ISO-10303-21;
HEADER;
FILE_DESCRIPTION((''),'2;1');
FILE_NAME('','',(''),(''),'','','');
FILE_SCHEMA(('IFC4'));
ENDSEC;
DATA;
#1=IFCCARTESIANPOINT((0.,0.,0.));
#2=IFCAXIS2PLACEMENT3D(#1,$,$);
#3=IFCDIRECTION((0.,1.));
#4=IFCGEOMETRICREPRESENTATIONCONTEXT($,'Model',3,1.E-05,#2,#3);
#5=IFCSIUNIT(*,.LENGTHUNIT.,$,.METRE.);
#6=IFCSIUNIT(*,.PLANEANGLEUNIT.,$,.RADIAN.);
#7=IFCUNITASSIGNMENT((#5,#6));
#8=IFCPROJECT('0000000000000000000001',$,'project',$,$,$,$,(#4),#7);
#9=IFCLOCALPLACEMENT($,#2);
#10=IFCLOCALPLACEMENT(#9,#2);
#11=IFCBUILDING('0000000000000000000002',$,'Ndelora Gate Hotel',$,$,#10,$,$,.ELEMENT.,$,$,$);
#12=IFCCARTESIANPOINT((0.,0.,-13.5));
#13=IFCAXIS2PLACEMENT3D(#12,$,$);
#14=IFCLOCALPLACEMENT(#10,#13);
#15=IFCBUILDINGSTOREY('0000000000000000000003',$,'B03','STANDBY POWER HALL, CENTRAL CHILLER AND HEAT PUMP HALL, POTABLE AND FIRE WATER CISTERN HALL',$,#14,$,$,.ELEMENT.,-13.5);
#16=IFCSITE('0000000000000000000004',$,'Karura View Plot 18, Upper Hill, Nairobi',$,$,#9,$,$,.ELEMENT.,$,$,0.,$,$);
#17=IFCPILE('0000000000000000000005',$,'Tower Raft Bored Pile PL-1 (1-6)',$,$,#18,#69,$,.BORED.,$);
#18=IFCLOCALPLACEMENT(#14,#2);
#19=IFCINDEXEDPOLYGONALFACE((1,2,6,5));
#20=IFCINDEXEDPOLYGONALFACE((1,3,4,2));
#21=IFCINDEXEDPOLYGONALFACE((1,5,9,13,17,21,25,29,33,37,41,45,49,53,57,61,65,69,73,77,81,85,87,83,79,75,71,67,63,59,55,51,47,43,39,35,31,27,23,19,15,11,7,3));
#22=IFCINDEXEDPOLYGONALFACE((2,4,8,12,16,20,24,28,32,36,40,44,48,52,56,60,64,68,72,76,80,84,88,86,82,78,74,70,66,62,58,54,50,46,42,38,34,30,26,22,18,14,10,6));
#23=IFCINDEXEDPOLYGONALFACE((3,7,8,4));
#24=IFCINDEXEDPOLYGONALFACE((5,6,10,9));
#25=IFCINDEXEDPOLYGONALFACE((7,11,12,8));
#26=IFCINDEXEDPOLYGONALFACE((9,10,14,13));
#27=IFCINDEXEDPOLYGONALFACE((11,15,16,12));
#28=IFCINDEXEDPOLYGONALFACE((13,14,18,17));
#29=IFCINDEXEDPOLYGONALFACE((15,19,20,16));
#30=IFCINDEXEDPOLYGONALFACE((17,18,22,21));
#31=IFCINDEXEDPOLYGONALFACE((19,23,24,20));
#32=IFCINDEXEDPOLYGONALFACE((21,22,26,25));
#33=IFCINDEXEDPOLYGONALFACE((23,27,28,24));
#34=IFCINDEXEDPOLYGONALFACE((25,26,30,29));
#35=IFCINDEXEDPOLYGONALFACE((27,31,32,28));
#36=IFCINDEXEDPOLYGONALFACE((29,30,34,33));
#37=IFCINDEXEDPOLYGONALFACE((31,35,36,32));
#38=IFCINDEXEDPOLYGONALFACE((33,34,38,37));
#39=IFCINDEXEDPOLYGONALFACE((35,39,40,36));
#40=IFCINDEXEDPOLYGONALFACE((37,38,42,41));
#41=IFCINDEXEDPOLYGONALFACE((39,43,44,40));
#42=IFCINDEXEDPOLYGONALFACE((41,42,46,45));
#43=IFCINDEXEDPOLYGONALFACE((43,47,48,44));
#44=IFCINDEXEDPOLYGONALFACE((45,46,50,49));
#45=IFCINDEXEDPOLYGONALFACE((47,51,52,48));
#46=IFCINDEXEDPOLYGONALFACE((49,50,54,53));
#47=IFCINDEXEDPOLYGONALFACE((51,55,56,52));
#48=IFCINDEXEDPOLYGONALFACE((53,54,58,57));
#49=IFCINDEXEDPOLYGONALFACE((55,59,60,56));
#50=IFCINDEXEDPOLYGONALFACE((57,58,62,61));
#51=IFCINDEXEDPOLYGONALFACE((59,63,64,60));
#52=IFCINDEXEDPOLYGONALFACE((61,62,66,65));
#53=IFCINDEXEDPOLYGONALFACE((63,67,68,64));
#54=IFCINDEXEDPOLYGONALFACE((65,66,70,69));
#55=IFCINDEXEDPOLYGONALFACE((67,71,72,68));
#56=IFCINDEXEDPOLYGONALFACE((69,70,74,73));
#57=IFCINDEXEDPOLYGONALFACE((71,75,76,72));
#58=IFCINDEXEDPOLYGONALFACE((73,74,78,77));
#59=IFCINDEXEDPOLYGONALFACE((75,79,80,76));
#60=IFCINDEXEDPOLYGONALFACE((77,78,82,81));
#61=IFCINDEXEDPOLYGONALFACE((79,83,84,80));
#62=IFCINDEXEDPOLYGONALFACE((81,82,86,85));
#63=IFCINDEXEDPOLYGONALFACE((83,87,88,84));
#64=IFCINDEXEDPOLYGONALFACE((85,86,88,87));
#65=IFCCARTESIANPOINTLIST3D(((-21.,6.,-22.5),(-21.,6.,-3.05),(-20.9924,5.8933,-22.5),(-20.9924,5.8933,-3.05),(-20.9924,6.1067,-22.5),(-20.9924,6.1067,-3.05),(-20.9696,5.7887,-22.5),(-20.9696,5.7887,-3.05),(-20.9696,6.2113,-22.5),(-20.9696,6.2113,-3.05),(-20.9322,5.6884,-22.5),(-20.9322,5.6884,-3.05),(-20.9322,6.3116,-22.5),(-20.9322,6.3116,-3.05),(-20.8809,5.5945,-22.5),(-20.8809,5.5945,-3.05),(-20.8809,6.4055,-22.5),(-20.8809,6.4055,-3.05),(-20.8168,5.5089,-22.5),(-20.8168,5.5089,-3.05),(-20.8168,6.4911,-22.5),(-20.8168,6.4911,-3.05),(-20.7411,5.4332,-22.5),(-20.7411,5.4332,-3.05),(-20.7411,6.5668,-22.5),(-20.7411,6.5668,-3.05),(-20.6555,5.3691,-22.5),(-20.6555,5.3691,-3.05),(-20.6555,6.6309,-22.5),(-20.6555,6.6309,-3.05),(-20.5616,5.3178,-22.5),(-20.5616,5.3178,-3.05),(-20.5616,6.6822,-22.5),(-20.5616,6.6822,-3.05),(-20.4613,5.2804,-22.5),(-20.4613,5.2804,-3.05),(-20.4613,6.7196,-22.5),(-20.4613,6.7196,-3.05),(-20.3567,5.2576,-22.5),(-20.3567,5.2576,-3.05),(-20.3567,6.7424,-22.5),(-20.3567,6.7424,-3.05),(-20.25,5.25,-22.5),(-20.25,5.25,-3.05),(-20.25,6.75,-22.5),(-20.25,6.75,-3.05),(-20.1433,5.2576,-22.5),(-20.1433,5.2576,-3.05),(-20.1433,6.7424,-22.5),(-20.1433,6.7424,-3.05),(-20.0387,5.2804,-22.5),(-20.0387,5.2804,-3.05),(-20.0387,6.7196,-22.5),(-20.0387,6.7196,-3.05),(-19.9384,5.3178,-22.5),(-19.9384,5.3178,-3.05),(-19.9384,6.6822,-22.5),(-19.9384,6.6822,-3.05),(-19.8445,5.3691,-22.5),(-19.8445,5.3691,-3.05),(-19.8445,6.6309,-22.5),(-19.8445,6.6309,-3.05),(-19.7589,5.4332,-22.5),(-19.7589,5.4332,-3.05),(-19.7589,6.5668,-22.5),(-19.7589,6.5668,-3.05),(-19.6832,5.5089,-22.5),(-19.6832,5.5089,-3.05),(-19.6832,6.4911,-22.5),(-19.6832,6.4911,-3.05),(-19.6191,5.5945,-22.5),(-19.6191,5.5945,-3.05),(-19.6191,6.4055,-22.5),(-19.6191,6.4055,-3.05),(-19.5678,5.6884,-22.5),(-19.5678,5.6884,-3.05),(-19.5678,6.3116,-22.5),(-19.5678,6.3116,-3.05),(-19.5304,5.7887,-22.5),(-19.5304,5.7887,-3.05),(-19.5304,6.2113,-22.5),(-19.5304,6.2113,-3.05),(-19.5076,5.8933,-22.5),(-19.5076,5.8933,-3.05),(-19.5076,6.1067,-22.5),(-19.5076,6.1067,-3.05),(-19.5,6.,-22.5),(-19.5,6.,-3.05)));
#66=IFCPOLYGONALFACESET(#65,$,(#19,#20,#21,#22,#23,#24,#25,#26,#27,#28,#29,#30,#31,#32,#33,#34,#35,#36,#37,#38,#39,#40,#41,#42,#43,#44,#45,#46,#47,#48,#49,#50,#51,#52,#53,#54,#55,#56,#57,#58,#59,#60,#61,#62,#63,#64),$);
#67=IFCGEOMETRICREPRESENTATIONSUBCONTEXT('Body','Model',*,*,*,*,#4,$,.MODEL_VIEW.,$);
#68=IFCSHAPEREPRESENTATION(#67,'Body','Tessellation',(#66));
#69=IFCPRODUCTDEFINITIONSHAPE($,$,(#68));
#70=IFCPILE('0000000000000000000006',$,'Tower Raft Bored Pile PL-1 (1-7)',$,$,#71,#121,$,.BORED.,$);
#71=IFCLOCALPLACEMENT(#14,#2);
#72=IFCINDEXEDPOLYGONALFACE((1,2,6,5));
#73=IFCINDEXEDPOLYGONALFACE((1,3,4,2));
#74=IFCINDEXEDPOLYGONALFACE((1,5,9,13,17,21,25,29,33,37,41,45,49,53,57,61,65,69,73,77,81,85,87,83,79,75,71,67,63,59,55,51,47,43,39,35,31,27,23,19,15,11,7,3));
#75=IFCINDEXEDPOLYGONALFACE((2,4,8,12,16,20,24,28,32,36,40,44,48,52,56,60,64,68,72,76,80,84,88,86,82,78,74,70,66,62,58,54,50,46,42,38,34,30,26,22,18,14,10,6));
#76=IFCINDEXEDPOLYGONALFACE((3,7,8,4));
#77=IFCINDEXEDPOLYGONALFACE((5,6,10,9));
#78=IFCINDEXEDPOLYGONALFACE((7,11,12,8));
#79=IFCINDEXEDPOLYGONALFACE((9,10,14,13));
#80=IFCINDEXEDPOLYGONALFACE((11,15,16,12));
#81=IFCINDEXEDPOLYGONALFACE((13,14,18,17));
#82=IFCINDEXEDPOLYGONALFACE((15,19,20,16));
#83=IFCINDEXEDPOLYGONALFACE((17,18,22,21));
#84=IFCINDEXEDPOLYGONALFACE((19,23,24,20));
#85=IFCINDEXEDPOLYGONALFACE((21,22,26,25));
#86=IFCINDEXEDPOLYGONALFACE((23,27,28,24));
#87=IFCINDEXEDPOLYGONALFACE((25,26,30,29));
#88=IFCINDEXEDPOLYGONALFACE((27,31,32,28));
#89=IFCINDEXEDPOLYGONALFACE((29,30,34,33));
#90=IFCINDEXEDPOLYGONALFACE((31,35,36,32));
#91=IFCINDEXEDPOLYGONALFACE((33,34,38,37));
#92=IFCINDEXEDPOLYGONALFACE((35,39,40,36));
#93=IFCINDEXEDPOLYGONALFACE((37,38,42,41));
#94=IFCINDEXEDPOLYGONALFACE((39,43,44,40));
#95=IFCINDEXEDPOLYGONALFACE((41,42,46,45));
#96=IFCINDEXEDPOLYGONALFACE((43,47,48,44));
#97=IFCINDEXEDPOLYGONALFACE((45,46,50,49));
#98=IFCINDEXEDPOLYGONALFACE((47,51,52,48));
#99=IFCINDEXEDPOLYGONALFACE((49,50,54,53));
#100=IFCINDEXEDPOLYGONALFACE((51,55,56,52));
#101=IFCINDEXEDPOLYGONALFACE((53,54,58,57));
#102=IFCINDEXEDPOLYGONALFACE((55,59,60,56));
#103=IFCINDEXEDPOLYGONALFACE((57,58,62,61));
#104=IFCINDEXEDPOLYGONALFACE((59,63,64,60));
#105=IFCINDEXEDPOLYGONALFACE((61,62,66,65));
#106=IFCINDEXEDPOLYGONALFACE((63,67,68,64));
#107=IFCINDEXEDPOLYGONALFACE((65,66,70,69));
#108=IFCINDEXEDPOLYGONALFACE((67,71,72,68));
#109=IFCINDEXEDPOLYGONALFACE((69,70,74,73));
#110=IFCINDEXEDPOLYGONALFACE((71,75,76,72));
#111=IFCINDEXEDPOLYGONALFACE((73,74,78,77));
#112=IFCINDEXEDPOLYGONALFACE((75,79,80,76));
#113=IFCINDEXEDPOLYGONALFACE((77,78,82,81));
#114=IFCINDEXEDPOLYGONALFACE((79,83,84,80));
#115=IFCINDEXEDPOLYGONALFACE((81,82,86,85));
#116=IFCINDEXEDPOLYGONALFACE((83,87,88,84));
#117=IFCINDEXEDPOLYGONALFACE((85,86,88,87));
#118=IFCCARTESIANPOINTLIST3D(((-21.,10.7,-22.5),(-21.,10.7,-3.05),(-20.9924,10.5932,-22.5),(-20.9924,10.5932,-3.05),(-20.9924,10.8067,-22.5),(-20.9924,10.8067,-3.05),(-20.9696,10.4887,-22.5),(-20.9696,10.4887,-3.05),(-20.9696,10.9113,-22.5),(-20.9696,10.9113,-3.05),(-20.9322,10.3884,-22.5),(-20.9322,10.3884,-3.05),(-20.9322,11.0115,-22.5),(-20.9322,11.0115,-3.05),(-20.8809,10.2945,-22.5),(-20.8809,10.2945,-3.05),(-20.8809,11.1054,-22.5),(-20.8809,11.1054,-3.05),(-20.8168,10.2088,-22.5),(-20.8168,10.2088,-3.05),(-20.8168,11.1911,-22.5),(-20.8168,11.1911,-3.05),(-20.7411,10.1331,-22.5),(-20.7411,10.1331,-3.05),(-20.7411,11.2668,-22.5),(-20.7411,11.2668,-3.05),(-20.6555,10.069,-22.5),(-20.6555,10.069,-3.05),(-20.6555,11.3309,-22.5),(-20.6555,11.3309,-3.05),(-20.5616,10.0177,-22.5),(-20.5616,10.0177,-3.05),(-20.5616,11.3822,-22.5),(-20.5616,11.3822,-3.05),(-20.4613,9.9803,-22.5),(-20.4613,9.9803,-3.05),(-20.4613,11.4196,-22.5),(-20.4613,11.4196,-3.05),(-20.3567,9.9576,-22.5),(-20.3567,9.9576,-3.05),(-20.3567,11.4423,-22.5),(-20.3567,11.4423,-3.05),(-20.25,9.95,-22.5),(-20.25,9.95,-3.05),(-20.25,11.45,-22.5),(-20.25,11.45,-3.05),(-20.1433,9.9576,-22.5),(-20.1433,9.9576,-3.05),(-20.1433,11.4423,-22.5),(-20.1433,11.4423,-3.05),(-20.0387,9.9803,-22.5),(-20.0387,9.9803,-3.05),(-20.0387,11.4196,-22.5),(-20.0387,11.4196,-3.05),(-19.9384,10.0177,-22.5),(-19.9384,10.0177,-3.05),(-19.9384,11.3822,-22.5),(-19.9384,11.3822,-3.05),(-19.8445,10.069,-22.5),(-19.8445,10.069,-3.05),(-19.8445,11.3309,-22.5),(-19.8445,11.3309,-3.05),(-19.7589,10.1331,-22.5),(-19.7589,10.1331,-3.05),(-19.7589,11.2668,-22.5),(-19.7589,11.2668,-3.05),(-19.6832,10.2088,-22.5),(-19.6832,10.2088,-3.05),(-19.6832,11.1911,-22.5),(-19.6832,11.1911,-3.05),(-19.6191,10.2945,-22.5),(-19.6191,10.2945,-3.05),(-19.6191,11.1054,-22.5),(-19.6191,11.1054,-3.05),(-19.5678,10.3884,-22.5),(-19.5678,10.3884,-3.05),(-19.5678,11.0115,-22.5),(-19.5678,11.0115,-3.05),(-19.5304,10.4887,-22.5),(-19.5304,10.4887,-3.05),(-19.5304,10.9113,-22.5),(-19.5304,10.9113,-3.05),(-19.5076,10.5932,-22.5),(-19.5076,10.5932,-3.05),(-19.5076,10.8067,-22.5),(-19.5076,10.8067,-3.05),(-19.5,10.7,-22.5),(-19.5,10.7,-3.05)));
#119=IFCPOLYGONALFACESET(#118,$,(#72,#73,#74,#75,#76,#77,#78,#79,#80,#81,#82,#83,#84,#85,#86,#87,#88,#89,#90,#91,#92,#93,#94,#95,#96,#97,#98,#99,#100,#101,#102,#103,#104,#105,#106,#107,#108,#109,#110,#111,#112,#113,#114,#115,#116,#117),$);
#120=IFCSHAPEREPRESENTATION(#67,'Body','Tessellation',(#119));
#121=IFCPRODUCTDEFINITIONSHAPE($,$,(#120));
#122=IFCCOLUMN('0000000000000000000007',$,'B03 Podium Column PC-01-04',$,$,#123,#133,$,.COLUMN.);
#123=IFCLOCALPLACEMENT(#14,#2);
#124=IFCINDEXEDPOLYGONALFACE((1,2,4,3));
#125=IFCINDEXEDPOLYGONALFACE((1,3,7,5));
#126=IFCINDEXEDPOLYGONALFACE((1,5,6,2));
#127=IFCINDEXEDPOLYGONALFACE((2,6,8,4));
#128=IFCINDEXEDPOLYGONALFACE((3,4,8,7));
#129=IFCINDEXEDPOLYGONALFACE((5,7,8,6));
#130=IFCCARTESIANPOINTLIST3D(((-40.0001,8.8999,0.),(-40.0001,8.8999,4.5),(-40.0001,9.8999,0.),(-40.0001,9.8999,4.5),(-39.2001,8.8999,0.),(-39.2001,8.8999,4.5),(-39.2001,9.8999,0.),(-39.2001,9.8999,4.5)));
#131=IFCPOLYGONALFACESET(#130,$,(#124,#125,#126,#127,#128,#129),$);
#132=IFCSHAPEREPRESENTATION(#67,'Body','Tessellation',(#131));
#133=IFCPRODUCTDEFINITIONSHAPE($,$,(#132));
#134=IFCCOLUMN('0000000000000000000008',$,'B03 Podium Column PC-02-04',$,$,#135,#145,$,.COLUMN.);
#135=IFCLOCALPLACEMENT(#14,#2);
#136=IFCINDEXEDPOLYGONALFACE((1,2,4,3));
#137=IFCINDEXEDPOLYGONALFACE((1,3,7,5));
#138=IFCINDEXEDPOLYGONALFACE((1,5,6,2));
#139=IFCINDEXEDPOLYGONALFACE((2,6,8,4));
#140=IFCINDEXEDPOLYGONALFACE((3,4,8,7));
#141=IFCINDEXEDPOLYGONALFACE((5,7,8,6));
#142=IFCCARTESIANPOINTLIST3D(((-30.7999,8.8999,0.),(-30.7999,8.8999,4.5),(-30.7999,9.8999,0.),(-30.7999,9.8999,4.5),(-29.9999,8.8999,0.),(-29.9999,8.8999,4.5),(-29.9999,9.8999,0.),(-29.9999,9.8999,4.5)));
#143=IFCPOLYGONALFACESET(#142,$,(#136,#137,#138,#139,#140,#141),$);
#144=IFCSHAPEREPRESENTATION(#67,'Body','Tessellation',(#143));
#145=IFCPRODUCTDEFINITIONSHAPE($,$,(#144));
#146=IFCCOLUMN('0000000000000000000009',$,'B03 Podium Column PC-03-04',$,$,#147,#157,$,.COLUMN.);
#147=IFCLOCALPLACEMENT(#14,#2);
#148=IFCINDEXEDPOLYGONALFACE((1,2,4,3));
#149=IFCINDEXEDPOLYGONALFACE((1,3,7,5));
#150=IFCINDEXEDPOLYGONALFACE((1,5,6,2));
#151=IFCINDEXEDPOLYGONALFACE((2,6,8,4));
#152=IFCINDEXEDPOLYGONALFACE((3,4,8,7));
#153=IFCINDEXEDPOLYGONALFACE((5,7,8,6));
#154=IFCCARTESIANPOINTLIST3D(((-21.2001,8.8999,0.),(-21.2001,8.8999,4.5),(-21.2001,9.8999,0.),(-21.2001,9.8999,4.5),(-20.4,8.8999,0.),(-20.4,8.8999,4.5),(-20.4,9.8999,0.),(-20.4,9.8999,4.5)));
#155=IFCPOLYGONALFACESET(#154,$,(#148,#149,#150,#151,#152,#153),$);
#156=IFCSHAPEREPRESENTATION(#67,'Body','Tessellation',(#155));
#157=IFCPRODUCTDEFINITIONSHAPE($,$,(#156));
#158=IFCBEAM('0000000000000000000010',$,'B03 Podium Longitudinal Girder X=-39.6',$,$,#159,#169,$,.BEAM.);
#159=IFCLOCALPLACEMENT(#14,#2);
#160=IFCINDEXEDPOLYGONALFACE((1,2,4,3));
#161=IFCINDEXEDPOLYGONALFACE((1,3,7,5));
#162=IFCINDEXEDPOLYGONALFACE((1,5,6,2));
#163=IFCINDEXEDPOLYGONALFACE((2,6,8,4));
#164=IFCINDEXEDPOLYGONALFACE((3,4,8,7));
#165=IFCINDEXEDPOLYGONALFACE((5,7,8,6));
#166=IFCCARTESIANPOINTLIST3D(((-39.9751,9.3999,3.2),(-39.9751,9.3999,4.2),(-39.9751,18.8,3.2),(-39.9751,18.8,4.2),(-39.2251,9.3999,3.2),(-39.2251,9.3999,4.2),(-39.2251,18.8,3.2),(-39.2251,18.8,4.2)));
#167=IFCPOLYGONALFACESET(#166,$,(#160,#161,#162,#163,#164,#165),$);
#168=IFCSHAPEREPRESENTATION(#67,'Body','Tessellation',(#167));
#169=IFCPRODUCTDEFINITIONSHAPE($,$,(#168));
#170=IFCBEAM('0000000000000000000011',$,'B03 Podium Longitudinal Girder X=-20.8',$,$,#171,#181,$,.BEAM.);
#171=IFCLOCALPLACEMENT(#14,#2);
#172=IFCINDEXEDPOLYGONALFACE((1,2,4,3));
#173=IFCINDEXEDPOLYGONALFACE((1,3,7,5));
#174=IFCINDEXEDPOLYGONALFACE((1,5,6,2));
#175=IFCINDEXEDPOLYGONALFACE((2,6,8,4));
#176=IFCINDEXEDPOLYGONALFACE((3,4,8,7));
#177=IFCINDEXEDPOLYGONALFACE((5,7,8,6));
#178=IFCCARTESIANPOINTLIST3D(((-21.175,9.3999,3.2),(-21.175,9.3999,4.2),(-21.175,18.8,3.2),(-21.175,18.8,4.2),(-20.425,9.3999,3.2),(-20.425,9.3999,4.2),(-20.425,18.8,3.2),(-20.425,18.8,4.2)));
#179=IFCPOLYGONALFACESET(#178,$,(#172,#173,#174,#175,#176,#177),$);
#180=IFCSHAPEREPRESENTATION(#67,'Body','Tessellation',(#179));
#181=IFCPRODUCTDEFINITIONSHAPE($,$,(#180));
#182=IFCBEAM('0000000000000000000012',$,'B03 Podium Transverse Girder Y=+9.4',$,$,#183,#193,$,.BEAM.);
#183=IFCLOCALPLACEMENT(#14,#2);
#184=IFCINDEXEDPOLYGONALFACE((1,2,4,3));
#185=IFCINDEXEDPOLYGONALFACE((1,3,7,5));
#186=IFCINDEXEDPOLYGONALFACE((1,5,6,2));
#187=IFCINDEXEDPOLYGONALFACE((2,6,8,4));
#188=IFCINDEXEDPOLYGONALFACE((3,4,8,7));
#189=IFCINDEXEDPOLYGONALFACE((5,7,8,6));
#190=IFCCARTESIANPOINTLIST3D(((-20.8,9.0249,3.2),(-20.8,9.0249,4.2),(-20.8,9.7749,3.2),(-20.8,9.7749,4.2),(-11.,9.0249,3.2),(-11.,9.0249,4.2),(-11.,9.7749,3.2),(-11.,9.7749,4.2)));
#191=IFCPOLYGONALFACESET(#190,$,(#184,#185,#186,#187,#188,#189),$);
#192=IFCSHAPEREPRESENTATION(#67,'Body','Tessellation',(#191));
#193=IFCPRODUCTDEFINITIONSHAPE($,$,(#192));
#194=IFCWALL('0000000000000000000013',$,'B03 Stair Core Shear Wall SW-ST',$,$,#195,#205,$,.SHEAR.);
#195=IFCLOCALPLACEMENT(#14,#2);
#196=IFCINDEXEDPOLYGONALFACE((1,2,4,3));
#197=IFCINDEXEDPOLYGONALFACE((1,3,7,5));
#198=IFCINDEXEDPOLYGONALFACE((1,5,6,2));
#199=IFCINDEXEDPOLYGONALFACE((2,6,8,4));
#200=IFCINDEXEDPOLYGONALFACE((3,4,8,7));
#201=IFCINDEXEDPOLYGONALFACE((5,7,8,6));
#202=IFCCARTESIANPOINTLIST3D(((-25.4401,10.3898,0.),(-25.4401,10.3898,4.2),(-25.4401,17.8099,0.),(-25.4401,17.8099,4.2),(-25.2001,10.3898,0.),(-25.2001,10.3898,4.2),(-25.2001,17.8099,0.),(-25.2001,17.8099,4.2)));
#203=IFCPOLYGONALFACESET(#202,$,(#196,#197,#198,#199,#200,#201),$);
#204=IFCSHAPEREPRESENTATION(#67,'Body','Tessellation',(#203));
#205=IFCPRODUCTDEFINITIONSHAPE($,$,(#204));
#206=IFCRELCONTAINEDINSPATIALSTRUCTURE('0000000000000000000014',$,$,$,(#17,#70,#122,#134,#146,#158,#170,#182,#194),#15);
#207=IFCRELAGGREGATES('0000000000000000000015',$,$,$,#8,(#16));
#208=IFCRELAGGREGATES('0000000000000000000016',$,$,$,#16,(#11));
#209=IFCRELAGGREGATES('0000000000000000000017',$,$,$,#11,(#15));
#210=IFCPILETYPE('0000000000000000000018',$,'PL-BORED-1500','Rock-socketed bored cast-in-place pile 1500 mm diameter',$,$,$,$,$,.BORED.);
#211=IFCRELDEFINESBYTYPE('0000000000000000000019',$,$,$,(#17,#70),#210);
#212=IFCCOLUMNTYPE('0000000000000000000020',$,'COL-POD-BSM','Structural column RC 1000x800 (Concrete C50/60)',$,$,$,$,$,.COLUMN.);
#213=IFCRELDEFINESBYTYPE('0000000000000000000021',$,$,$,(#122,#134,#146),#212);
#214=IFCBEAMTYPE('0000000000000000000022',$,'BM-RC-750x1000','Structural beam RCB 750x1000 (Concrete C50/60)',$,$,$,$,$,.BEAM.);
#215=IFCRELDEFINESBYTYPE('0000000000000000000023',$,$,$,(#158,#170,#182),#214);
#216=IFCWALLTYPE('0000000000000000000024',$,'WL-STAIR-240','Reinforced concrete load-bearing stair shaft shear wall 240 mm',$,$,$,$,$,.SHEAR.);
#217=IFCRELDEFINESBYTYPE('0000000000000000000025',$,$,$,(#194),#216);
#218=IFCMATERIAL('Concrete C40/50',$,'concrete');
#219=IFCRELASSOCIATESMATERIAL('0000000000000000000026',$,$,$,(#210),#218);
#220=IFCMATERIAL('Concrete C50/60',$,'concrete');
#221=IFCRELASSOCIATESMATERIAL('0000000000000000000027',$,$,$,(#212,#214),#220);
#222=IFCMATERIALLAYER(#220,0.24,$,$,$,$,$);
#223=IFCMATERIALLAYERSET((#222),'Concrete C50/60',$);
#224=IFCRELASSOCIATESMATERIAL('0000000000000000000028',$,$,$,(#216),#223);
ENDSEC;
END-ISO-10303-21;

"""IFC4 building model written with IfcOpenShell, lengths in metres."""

from ifc_helpers import new_model, si_unit, direction, frame, frame_2d, origin, origin_2d, place, context, subcontext, project, spatial, rectangle, circle, extrude, material, layer, layer_set, material_profile, profile_set, type_object, element, save


model = new_model("IFC4")

# Units and contexts
model_context = context("Model", 3, precision=1e-05, world=origin(), true_north=direction((0.0, 1.0)))
body_context = subcontext(model_context, "Body", "Model", "MODEL_VIEW")
ifc_project = project(units=[si_unit("LENGTHUNIT", "METRE"), si_unit("PLANEANGLEUNIT", "RADIAN")], contexts=[model_context])

# Site, building, storey
site_placement = place(None, origin())
site = spatial("IfcSite", under=ifc_project, at=site_placement, Name="Karura View Plot 18, Upper Hill, Nairobi", CompositionType="ELEMENT", RefElevation=0.0)
building_placement = place(site_placement, origin())
building = spatial("IfcBuilding", under=site, at=building_placement, Name="Ndelora Gate Hotel", CompositionType="ELEMENT")
storey_placement = place(building_placement, frame((0.0, 0.0, -13.5)))
storey = spatial("IfcBuildingStorey", under=building, at=storey_placement, Name="B03", Description="STANDBY POWER HALL, CENTRAL CHILLER AND HEAT PUMP HALL, POTABLE AND FIRE WATER CISTERN HALL", CompositionType="ELEMENT", Elevation=-13.5)

# Shared definitions
ifc_material_1 = material(Name="Concrete C50/60", Category="concrete")
ifc_material_2 = material(Name="Concrete C40/50", Category="concrete")

# Piles
ifc_material_profile_1 = material_profile(ifc_material_2, circle(Radius=0.75, at=origin_2d()), Name="PILE D1500")
ifc_profile_set_1 = profile_set([ifc_material_profile_1], Name="Concrete C40/50")
pile_type_1 = type_object("IfcPileType", Name="PL-BORED-1500", Description="Rock-socketed bored cast-in-place pile 1500 mm diameter", PredefinedType="BORED", material=ifc_profile_set_1)
for number, where, z_axis, x_axis, name in (
    (1, (-20.25, 6.0, -3.05), (0.0, 0.0, -1.0), (1.0, 0.0, 0.0), "Tower Raft Bored Pile PL-1 (1-6)"),
    (2, (-20.25, 10.7, -3.05), (0.0, 0.0, -1.0), (1.0, 0.0, 0.0), "Tower Raft Bored Pile PL-1 (1-7)"),
):
    element("IfcPile", number, at=place(storey_placement, frame(where, z_axis=z_axis, x_axis=x_axis)), inside=storey, type_object=pile_type_1, Name=name, PredefinedType="BORED", context=body_context, shape_type="SweptSolid", body=[
        extrude(circle(Radius=0.75, at=origin_2d()), origin(), (0.0, 0.0, 1.0), 19.45),
    ])

# Columns
ifc_material_profile_2 = material_profile(ifc_material_1, rectangle(XDim=0.8, YDim=1.0, at=origin_2d()), Name="RC 1000x800")
ifc_profile_set_2 = profile_set([ifc_material_profile_2], Name="Concrete C50/60")
column_type = type_object("IfcColumnType", Name="COL-POD-BSM", Description="Structural column RC 1000x800 (Concrete C50/60)", PredefinedType="COLUMN", material=ifc_profile_set_2)
for number, where, z_axis, x_axis, name in (
    (3, (-39.6001, 9.3999, 0.0), (0.0, 0.0, 1.0), (1.0, 0.0, 0.0), "B03 Podium Column PC-01-04"),
    (4, (-30.3999, 9.3999, 0.0), (0.0, 0.0, 1.0), (1.0, 0.0, 0.0), "B03 Podium Column PC-02-04"),
    (5, (-20.8, 9.3999, 0.0), (0.0, 0.0, 1.0), (1.0, 0.0, 0.0), "B03 Podium Column PC-03-04"),
):
    element("IfcColumn", number, at=place(storey_placement, frame(where, z_axis=z_axis, x_axis=x_axis)), inside=storey, type_object=column_type, Name=name, PredefinedType="COLUMN", context=body_context, shape_type="SweptSolid", body=[
        extrude(rectangle(XDim=0.8, YDim=1.0, at=origin_2d()), origin(), (0.0, 0.0, 1.0), 4.5),
    ])

# Beams
ifc_material_profile_3 = material_profile(ifc_material_1, rectangle(XDim=0.75, YDim=1.0, at=origin_2d()), Name="RCB 750x1000")
ifc_profile_set_3 = profile_set([ifc_material_profile_3], Name="Concrete C50/60")
beam_type = type_object("IfcBeamType", Name="BM-RC-750x1000", Description="Structural beam RCB 750x1000 (Concrete C50/60)", PredefinedType="BEAM", material=ifc_profile_set_3)
for number, where, z_axis, x_axis, name in (
    (6, (-39.6001, 9.3999, 3.7), (0.0, 1.0, 0.0), (-1.0, 0.0, 0.0), "B03 Podium Longitudinal Girder X=-39.6"),
    (7, (-20.8, 9.3999, 3.7), (0.0, 1.0, 0.0), (-1.0, 0.0, 0.0), "B03 Podium Longitudinal Girder X=-20.8"),
):
    element("IfcBeam", number, at=place(storey_placement, frame(where, z_axis=z_axis, x_axis=x_axis)), inside=storey, type_object=beam_type, Name=name, PredefinedType="BEAM", context=body_context, shape_type="SweptSolid", body=[
        extrude(rectangle(XDim=0.75, YDim=1.0, at=origin_2d()), origin(), (0.0, 0.0, 1.0), 9.4001),
    ])
beam_placement = place(storey_placement, frame((-20.8, 9.3999, 3.7), z_axis=(1.0, 0.0, 0.0), x_axis=(0.0, 1.0, 0.0)))
element("IfcBeam", 8, at=beam_placement, inside=storey, type_object=beam_type, Name="B03 Podium Transverse Girder Y=+9.4", PredefinedType="BEAM", context=body_context, shape_type="SweptSolid", body=[
    extrude(rectangle(XDim=0.75, YDim=1.0, at=origin_2d()), origin(), (0.0, 0.0, 1.0), 9.8),
])

# Wall
ifc_layer_1 = layer(ifc_material_1, 0.24)
ifc_layer_set_1 = layer_set([ifc_layer_1], Name="Concrete C50/60")
wall_type = type_object("IfcWallType", Name="WL-STAIR-240", Description="Reinforced concrete load-bearing stair shaft shear wall 240 mm", PredefinedType="SHEAR", material=ifc_layer_set_1)
for number, where, z_axis, x_axis, name in (
    (9, (-25.3201, 10.3899, 0.0), (0.0, 0.0, 1.0), (0.0, 1.0, 0.0), "B03 Stair Core Shear Wall SW-ST"),
):
    element("IfcWall", number, at=place(storey_placement, frame(where, z_axis=z_axis, x_axis=x_axis)), inside=storey, type_object=wall_type, Name=name, PredefinedType="SHEAR", context=body_context, shape_type="SweptSolid", body=[
        extrude(rectangle(XDim=7.4202, YDim=0.24, at=frame_2d((3.71, 0.0))), origin(), (0.0, 0.0, 1.0), 4.2),
    ])

save(model, "model.ifc")
